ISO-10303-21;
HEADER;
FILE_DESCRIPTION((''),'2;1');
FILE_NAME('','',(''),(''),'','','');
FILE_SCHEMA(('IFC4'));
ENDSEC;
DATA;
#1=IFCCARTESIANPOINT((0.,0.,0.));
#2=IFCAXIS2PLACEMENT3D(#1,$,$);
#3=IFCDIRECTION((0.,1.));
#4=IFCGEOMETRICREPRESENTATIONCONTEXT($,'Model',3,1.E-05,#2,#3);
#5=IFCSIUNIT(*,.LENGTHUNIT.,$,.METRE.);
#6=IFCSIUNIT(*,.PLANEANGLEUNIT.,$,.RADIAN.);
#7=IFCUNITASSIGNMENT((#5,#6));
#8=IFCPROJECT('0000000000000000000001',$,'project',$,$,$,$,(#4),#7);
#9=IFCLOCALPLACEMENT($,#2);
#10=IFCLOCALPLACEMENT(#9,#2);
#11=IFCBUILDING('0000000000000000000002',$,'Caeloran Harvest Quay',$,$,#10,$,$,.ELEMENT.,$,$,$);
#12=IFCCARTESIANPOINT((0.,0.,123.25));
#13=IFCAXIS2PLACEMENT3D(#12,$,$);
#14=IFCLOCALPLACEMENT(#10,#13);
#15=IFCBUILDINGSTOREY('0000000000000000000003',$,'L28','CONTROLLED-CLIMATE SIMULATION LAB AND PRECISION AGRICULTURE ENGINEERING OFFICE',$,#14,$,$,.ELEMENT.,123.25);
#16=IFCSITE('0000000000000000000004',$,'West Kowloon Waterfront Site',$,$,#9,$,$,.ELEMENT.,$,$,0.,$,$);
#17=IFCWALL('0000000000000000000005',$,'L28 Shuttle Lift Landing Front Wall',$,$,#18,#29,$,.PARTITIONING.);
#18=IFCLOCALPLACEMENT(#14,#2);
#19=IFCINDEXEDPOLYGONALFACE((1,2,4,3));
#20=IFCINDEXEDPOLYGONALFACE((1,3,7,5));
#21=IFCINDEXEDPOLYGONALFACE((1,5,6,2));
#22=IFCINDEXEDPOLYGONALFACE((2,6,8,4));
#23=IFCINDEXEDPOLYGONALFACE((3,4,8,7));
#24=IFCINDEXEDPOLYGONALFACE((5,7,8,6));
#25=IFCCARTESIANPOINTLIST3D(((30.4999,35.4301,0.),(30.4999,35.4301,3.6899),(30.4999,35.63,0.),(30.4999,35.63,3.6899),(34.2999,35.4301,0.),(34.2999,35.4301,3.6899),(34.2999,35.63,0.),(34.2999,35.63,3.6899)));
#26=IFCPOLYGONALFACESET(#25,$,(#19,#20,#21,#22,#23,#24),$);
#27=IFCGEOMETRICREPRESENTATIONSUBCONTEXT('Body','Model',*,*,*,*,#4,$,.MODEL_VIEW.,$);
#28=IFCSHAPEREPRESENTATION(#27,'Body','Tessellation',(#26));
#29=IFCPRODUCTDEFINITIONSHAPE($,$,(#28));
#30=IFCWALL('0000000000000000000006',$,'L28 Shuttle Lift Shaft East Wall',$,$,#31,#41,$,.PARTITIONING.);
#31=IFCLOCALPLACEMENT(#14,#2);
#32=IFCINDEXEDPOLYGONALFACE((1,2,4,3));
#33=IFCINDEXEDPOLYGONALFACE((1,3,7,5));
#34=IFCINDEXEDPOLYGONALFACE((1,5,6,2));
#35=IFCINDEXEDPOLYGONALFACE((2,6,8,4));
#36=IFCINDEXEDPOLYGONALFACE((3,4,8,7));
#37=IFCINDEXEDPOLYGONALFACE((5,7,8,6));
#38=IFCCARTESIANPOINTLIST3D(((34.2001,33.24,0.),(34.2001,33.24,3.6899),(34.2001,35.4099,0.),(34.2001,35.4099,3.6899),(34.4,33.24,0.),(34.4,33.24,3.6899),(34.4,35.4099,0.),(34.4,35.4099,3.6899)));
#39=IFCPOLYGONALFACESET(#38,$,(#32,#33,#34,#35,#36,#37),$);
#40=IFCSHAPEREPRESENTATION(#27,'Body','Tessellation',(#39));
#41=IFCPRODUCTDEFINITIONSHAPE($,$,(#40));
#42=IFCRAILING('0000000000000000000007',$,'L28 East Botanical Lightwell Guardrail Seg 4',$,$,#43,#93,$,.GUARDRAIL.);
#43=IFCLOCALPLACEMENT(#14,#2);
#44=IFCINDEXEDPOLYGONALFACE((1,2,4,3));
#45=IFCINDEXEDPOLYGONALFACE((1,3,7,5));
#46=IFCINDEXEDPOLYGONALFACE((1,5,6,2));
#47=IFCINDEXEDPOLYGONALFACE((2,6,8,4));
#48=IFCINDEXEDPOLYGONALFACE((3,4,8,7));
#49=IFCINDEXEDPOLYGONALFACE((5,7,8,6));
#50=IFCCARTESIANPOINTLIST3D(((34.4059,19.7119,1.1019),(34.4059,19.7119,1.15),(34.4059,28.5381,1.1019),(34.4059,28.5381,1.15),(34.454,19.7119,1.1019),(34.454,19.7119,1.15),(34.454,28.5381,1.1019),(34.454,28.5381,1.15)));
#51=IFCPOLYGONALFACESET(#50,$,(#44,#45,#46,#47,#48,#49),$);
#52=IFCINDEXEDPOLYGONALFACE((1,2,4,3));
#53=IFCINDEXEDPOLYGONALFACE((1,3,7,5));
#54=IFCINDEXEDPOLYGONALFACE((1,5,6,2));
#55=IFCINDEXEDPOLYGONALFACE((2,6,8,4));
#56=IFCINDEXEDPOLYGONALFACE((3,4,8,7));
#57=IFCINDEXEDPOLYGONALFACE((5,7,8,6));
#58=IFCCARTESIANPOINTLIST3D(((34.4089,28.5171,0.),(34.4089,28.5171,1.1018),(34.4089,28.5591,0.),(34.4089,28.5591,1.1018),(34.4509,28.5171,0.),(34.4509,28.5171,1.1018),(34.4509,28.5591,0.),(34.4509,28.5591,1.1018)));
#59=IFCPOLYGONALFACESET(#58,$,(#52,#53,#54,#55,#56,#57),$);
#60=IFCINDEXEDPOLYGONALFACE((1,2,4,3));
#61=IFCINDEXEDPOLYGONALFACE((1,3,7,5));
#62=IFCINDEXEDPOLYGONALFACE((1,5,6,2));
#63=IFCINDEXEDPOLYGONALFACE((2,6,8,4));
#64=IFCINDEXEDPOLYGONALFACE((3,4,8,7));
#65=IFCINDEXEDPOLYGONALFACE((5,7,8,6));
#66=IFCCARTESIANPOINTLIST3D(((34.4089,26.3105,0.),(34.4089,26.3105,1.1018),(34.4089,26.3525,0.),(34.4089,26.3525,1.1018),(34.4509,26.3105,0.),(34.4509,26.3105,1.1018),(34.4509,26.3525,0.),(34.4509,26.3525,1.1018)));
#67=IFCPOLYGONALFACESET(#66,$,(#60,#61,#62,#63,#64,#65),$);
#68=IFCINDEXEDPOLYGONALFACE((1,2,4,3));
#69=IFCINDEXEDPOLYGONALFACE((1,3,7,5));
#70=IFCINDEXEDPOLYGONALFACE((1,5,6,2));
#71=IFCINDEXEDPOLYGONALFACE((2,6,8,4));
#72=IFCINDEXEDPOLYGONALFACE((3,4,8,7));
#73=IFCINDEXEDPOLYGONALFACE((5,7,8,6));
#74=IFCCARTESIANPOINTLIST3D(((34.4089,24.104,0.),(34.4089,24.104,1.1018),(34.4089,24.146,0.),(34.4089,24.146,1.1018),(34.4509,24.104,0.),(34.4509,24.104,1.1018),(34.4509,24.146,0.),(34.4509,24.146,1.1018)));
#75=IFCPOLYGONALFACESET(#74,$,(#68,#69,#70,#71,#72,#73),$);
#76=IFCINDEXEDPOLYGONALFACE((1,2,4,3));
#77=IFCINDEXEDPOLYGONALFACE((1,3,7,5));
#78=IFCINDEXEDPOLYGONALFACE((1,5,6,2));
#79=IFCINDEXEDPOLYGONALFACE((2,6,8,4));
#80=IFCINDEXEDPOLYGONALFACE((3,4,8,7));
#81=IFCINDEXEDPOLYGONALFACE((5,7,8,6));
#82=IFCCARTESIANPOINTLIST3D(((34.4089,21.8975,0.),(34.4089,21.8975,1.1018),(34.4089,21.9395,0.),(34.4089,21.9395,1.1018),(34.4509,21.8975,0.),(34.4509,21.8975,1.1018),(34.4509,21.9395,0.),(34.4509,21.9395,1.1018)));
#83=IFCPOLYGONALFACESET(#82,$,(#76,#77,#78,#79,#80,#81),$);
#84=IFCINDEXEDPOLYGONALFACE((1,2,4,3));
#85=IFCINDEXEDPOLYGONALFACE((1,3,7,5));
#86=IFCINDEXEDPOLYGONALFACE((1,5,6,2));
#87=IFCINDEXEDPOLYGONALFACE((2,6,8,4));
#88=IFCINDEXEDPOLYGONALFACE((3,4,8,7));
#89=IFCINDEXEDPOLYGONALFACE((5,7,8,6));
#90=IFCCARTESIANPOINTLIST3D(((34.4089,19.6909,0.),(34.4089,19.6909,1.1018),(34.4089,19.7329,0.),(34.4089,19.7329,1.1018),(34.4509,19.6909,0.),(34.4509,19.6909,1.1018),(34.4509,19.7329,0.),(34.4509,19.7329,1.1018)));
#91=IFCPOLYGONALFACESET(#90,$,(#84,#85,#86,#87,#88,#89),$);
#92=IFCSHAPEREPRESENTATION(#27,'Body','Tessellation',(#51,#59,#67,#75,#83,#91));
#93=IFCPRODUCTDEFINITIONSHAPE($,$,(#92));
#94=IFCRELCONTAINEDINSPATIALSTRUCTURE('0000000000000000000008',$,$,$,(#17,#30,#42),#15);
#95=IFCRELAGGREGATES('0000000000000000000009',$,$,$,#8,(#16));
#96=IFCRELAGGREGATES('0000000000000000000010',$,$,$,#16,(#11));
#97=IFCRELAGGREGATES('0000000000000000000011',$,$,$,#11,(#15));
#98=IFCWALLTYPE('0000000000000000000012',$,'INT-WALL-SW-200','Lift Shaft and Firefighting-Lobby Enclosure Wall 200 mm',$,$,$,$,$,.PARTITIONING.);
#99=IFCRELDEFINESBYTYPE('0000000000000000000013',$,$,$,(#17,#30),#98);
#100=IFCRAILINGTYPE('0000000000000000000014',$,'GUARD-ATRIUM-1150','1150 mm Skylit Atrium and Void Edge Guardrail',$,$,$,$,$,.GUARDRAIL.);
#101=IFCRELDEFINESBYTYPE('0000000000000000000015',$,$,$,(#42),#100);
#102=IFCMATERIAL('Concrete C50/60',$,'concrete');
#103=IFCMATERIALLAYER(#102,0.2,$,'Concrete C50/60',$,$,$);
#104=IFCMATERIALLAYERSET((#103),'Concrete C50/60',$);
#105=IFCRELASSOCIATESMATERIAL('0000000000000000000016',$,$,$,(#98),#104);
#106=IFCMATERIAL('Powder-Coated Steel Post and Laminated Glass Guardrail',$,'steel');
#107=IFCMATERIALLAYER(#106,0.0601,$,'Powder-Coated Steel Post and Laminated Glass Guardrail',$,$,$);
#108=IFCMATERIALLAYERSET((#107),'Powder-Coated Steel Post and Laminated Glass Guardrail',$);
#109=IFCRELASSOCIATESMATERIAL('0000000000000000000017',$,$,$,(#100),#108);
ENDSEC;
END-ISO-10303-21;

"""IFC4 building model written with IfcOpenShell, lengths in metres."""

from ifc_helpers import new_model, si_unit, direction, frame, frame_2d, origin, origin_2d, place, context, subcontext, project, spatial, rectangle, extrude, material, layer, layer_set, type_object, element, save


model = new_model("IFC4")

# Units and contexts
model_context = context("Model", 3, precision=1e-05, world=origin(), true_north=direction((0.0, 1.0)))
body_context = subcontext(model_context, "Body", "Model", "MODEL_VIEW")
ifc_project = project(units=[si_unit("LENGTHUNIT", "METRE"), si_unit("PLANEANGLEUNIT", "RADIAN")], contexts=[model_context])

# Site, building, storey
site_placement = place(None, origin())
site = spatial("IfcSite", under=ifc_project, at=site_placement, Name="West Kowloon Waterfront Site", CompositionType="ELEMENT", RefElevation=0.0)
building_placement = place(site_placement, origin())
building = spatial("IfcBuilding", under=site, at=building_placement, Name="Caeloran Harvest Quay", CompositionType="ELEMENT")
storey_placement = place(building_placement, frame((0.0, 0.0, 123.25)))
storey = spatial("IfcBuildingStorey", under=building, at=storey_placement, Name="L28", Description="CONTROLLED-CLIMATE SIMULATION LAB AND PRECISION AGRICULTURE ENGINEERING OFFICE", CompositionType="ELEMENT", Elevation=123.25)

# Shared definitions
ifc_material_1 = material(Name="Concrete C50/60", Category="concrete")
ifc_layer_1 = layer(ifc_material_1, 0.2, Name="Concrete C50/60")
ifc_layer_set_1 = layer_set([ifc_layer_1], Name="Concrete C50/60")
wall_type_1 = type_object("IfcWallType", Name="INT-WALL-SW-200", Description="Lift Shaft and Firefighting-Lobby Enclosure Wall 200 mm", PredefinedType="PARTITIONING", material=ifc_layer_set_1)

# Walls
wall_1_placement = place(storey_placement, frame((30.5, 35.53, 0.0), z_axis=(0.0, 0.0, 1.0), x_axis=(1.0, 0.0, 0.0)))
element("IfcWall", 1, at=wall_1_placement, inside=storey, type_object=wall_type_1, Name="L28 Shuttle Lift Landing Front Wall", PredefinedType="PARTITIONING", context=body_context, shape_type="SweptSolid", body=[
    extrude(rectangle(XDim=3.8, YDim=0.2, at=frame_2d((1.8999, 0.0))), origin(), (0.0, 0.0, 1.0), 3.6899),
])
wall_2_placement = place(storey_placement, frame((34.3, 33.24, 0.0), z_axis=(0.0, 0.0, 1.0), x_axis=(0.0, 1.0, 0.0)))
element("IfcWall", 2, at=wall_2_placement, inside=storey, type_object=wall_type_1, Name="L28 Shuttle Lift Shaft East Wall", PredefinedType="PARTITIONING", context=body_context, shape_type="SweptSolid", body=[
    extrude(rectangle(XDim=2.1699, YDim=0.2, at=frame_2d((1.085, 0.0))), origin(), (0.0, 0.0, 1.0), 3.6899),
])

# Railing
ifc_material_2 = material(Name="Powder-Coated Steel Post and Laminated Glass Guardrail", Category="steel")
ifc_layer_2 = layer(ifc_material_2, 0.0601, Name="Powder-Coated Steel Post and Laminated Glass Guardrail")
ifc_layer_set_2 = layer_set([ifc_layer_2], Name="Powder-Coated Steel Post and Laminated Glass Guardrail")
railing_type = type_object("IfcRailingType", Name="GUARD-ATRIUM-1150", Description="1150 mm Skylit Atrium and Void Edge Guardrail", PredefinedType="GUARDRAIL", material=ifc_layer_set_2)
railing_placement = place(storey_placement, frame((34.4299, 28.5381, 0.0)))
element("IfcRailing", 3, at=railing_placement, inside=storey, type_object=railing_type, Name="L28 East Botanical Lightwell Guardrail Seg 4", PredefinedType="GUARDRAIL", context=body_context, shape_type="SweptSolid", body=[
    extrude(rectangle(XDim=0.0481, YDim=0.0481, at=origin_2d()), frame((0.0, 0.0, 1.126), z_axis=(0.0, -1.0, 0.0), x_axis=(1.0, 0.0, 0.0)), (0.0, 0.0, 1.0), 8.8262),
    extrude(rectangle(XDim=0.042, YDim=0.042, at=origin_2d()), origin(), (0.0, 0.0, 1.0), 1.1018),
    extrude(rectangle(XDim=0.042, YDim=0.042, at=origin_2d()), frame((0.0, -2.2065, 0.0)), (0.0, 0.0, 1.0), 1.1018),
    extrude(rectangle(XDim=0.042, YDim=0.042, at=origin_2d()), frame((0.0, -4.4131, 0.0)), (0.0, 0.0, 1.0), 1.1018),
    extrude(rectangle(XDim=0.042, YDim=0.042, at=origin_2d()), frame((0.0, -6.6196, 0.0)), (0.0, 0.0, 1.0), 1.1018),
    extrude(rectangle(XDim=0.042, YDim=0.042, at=origin_2d()), frame((0.0, -8.8262, 0.0)), (0.0, 0.0, 1.0), 1.1018),
])

save(model, "model.ifc")
